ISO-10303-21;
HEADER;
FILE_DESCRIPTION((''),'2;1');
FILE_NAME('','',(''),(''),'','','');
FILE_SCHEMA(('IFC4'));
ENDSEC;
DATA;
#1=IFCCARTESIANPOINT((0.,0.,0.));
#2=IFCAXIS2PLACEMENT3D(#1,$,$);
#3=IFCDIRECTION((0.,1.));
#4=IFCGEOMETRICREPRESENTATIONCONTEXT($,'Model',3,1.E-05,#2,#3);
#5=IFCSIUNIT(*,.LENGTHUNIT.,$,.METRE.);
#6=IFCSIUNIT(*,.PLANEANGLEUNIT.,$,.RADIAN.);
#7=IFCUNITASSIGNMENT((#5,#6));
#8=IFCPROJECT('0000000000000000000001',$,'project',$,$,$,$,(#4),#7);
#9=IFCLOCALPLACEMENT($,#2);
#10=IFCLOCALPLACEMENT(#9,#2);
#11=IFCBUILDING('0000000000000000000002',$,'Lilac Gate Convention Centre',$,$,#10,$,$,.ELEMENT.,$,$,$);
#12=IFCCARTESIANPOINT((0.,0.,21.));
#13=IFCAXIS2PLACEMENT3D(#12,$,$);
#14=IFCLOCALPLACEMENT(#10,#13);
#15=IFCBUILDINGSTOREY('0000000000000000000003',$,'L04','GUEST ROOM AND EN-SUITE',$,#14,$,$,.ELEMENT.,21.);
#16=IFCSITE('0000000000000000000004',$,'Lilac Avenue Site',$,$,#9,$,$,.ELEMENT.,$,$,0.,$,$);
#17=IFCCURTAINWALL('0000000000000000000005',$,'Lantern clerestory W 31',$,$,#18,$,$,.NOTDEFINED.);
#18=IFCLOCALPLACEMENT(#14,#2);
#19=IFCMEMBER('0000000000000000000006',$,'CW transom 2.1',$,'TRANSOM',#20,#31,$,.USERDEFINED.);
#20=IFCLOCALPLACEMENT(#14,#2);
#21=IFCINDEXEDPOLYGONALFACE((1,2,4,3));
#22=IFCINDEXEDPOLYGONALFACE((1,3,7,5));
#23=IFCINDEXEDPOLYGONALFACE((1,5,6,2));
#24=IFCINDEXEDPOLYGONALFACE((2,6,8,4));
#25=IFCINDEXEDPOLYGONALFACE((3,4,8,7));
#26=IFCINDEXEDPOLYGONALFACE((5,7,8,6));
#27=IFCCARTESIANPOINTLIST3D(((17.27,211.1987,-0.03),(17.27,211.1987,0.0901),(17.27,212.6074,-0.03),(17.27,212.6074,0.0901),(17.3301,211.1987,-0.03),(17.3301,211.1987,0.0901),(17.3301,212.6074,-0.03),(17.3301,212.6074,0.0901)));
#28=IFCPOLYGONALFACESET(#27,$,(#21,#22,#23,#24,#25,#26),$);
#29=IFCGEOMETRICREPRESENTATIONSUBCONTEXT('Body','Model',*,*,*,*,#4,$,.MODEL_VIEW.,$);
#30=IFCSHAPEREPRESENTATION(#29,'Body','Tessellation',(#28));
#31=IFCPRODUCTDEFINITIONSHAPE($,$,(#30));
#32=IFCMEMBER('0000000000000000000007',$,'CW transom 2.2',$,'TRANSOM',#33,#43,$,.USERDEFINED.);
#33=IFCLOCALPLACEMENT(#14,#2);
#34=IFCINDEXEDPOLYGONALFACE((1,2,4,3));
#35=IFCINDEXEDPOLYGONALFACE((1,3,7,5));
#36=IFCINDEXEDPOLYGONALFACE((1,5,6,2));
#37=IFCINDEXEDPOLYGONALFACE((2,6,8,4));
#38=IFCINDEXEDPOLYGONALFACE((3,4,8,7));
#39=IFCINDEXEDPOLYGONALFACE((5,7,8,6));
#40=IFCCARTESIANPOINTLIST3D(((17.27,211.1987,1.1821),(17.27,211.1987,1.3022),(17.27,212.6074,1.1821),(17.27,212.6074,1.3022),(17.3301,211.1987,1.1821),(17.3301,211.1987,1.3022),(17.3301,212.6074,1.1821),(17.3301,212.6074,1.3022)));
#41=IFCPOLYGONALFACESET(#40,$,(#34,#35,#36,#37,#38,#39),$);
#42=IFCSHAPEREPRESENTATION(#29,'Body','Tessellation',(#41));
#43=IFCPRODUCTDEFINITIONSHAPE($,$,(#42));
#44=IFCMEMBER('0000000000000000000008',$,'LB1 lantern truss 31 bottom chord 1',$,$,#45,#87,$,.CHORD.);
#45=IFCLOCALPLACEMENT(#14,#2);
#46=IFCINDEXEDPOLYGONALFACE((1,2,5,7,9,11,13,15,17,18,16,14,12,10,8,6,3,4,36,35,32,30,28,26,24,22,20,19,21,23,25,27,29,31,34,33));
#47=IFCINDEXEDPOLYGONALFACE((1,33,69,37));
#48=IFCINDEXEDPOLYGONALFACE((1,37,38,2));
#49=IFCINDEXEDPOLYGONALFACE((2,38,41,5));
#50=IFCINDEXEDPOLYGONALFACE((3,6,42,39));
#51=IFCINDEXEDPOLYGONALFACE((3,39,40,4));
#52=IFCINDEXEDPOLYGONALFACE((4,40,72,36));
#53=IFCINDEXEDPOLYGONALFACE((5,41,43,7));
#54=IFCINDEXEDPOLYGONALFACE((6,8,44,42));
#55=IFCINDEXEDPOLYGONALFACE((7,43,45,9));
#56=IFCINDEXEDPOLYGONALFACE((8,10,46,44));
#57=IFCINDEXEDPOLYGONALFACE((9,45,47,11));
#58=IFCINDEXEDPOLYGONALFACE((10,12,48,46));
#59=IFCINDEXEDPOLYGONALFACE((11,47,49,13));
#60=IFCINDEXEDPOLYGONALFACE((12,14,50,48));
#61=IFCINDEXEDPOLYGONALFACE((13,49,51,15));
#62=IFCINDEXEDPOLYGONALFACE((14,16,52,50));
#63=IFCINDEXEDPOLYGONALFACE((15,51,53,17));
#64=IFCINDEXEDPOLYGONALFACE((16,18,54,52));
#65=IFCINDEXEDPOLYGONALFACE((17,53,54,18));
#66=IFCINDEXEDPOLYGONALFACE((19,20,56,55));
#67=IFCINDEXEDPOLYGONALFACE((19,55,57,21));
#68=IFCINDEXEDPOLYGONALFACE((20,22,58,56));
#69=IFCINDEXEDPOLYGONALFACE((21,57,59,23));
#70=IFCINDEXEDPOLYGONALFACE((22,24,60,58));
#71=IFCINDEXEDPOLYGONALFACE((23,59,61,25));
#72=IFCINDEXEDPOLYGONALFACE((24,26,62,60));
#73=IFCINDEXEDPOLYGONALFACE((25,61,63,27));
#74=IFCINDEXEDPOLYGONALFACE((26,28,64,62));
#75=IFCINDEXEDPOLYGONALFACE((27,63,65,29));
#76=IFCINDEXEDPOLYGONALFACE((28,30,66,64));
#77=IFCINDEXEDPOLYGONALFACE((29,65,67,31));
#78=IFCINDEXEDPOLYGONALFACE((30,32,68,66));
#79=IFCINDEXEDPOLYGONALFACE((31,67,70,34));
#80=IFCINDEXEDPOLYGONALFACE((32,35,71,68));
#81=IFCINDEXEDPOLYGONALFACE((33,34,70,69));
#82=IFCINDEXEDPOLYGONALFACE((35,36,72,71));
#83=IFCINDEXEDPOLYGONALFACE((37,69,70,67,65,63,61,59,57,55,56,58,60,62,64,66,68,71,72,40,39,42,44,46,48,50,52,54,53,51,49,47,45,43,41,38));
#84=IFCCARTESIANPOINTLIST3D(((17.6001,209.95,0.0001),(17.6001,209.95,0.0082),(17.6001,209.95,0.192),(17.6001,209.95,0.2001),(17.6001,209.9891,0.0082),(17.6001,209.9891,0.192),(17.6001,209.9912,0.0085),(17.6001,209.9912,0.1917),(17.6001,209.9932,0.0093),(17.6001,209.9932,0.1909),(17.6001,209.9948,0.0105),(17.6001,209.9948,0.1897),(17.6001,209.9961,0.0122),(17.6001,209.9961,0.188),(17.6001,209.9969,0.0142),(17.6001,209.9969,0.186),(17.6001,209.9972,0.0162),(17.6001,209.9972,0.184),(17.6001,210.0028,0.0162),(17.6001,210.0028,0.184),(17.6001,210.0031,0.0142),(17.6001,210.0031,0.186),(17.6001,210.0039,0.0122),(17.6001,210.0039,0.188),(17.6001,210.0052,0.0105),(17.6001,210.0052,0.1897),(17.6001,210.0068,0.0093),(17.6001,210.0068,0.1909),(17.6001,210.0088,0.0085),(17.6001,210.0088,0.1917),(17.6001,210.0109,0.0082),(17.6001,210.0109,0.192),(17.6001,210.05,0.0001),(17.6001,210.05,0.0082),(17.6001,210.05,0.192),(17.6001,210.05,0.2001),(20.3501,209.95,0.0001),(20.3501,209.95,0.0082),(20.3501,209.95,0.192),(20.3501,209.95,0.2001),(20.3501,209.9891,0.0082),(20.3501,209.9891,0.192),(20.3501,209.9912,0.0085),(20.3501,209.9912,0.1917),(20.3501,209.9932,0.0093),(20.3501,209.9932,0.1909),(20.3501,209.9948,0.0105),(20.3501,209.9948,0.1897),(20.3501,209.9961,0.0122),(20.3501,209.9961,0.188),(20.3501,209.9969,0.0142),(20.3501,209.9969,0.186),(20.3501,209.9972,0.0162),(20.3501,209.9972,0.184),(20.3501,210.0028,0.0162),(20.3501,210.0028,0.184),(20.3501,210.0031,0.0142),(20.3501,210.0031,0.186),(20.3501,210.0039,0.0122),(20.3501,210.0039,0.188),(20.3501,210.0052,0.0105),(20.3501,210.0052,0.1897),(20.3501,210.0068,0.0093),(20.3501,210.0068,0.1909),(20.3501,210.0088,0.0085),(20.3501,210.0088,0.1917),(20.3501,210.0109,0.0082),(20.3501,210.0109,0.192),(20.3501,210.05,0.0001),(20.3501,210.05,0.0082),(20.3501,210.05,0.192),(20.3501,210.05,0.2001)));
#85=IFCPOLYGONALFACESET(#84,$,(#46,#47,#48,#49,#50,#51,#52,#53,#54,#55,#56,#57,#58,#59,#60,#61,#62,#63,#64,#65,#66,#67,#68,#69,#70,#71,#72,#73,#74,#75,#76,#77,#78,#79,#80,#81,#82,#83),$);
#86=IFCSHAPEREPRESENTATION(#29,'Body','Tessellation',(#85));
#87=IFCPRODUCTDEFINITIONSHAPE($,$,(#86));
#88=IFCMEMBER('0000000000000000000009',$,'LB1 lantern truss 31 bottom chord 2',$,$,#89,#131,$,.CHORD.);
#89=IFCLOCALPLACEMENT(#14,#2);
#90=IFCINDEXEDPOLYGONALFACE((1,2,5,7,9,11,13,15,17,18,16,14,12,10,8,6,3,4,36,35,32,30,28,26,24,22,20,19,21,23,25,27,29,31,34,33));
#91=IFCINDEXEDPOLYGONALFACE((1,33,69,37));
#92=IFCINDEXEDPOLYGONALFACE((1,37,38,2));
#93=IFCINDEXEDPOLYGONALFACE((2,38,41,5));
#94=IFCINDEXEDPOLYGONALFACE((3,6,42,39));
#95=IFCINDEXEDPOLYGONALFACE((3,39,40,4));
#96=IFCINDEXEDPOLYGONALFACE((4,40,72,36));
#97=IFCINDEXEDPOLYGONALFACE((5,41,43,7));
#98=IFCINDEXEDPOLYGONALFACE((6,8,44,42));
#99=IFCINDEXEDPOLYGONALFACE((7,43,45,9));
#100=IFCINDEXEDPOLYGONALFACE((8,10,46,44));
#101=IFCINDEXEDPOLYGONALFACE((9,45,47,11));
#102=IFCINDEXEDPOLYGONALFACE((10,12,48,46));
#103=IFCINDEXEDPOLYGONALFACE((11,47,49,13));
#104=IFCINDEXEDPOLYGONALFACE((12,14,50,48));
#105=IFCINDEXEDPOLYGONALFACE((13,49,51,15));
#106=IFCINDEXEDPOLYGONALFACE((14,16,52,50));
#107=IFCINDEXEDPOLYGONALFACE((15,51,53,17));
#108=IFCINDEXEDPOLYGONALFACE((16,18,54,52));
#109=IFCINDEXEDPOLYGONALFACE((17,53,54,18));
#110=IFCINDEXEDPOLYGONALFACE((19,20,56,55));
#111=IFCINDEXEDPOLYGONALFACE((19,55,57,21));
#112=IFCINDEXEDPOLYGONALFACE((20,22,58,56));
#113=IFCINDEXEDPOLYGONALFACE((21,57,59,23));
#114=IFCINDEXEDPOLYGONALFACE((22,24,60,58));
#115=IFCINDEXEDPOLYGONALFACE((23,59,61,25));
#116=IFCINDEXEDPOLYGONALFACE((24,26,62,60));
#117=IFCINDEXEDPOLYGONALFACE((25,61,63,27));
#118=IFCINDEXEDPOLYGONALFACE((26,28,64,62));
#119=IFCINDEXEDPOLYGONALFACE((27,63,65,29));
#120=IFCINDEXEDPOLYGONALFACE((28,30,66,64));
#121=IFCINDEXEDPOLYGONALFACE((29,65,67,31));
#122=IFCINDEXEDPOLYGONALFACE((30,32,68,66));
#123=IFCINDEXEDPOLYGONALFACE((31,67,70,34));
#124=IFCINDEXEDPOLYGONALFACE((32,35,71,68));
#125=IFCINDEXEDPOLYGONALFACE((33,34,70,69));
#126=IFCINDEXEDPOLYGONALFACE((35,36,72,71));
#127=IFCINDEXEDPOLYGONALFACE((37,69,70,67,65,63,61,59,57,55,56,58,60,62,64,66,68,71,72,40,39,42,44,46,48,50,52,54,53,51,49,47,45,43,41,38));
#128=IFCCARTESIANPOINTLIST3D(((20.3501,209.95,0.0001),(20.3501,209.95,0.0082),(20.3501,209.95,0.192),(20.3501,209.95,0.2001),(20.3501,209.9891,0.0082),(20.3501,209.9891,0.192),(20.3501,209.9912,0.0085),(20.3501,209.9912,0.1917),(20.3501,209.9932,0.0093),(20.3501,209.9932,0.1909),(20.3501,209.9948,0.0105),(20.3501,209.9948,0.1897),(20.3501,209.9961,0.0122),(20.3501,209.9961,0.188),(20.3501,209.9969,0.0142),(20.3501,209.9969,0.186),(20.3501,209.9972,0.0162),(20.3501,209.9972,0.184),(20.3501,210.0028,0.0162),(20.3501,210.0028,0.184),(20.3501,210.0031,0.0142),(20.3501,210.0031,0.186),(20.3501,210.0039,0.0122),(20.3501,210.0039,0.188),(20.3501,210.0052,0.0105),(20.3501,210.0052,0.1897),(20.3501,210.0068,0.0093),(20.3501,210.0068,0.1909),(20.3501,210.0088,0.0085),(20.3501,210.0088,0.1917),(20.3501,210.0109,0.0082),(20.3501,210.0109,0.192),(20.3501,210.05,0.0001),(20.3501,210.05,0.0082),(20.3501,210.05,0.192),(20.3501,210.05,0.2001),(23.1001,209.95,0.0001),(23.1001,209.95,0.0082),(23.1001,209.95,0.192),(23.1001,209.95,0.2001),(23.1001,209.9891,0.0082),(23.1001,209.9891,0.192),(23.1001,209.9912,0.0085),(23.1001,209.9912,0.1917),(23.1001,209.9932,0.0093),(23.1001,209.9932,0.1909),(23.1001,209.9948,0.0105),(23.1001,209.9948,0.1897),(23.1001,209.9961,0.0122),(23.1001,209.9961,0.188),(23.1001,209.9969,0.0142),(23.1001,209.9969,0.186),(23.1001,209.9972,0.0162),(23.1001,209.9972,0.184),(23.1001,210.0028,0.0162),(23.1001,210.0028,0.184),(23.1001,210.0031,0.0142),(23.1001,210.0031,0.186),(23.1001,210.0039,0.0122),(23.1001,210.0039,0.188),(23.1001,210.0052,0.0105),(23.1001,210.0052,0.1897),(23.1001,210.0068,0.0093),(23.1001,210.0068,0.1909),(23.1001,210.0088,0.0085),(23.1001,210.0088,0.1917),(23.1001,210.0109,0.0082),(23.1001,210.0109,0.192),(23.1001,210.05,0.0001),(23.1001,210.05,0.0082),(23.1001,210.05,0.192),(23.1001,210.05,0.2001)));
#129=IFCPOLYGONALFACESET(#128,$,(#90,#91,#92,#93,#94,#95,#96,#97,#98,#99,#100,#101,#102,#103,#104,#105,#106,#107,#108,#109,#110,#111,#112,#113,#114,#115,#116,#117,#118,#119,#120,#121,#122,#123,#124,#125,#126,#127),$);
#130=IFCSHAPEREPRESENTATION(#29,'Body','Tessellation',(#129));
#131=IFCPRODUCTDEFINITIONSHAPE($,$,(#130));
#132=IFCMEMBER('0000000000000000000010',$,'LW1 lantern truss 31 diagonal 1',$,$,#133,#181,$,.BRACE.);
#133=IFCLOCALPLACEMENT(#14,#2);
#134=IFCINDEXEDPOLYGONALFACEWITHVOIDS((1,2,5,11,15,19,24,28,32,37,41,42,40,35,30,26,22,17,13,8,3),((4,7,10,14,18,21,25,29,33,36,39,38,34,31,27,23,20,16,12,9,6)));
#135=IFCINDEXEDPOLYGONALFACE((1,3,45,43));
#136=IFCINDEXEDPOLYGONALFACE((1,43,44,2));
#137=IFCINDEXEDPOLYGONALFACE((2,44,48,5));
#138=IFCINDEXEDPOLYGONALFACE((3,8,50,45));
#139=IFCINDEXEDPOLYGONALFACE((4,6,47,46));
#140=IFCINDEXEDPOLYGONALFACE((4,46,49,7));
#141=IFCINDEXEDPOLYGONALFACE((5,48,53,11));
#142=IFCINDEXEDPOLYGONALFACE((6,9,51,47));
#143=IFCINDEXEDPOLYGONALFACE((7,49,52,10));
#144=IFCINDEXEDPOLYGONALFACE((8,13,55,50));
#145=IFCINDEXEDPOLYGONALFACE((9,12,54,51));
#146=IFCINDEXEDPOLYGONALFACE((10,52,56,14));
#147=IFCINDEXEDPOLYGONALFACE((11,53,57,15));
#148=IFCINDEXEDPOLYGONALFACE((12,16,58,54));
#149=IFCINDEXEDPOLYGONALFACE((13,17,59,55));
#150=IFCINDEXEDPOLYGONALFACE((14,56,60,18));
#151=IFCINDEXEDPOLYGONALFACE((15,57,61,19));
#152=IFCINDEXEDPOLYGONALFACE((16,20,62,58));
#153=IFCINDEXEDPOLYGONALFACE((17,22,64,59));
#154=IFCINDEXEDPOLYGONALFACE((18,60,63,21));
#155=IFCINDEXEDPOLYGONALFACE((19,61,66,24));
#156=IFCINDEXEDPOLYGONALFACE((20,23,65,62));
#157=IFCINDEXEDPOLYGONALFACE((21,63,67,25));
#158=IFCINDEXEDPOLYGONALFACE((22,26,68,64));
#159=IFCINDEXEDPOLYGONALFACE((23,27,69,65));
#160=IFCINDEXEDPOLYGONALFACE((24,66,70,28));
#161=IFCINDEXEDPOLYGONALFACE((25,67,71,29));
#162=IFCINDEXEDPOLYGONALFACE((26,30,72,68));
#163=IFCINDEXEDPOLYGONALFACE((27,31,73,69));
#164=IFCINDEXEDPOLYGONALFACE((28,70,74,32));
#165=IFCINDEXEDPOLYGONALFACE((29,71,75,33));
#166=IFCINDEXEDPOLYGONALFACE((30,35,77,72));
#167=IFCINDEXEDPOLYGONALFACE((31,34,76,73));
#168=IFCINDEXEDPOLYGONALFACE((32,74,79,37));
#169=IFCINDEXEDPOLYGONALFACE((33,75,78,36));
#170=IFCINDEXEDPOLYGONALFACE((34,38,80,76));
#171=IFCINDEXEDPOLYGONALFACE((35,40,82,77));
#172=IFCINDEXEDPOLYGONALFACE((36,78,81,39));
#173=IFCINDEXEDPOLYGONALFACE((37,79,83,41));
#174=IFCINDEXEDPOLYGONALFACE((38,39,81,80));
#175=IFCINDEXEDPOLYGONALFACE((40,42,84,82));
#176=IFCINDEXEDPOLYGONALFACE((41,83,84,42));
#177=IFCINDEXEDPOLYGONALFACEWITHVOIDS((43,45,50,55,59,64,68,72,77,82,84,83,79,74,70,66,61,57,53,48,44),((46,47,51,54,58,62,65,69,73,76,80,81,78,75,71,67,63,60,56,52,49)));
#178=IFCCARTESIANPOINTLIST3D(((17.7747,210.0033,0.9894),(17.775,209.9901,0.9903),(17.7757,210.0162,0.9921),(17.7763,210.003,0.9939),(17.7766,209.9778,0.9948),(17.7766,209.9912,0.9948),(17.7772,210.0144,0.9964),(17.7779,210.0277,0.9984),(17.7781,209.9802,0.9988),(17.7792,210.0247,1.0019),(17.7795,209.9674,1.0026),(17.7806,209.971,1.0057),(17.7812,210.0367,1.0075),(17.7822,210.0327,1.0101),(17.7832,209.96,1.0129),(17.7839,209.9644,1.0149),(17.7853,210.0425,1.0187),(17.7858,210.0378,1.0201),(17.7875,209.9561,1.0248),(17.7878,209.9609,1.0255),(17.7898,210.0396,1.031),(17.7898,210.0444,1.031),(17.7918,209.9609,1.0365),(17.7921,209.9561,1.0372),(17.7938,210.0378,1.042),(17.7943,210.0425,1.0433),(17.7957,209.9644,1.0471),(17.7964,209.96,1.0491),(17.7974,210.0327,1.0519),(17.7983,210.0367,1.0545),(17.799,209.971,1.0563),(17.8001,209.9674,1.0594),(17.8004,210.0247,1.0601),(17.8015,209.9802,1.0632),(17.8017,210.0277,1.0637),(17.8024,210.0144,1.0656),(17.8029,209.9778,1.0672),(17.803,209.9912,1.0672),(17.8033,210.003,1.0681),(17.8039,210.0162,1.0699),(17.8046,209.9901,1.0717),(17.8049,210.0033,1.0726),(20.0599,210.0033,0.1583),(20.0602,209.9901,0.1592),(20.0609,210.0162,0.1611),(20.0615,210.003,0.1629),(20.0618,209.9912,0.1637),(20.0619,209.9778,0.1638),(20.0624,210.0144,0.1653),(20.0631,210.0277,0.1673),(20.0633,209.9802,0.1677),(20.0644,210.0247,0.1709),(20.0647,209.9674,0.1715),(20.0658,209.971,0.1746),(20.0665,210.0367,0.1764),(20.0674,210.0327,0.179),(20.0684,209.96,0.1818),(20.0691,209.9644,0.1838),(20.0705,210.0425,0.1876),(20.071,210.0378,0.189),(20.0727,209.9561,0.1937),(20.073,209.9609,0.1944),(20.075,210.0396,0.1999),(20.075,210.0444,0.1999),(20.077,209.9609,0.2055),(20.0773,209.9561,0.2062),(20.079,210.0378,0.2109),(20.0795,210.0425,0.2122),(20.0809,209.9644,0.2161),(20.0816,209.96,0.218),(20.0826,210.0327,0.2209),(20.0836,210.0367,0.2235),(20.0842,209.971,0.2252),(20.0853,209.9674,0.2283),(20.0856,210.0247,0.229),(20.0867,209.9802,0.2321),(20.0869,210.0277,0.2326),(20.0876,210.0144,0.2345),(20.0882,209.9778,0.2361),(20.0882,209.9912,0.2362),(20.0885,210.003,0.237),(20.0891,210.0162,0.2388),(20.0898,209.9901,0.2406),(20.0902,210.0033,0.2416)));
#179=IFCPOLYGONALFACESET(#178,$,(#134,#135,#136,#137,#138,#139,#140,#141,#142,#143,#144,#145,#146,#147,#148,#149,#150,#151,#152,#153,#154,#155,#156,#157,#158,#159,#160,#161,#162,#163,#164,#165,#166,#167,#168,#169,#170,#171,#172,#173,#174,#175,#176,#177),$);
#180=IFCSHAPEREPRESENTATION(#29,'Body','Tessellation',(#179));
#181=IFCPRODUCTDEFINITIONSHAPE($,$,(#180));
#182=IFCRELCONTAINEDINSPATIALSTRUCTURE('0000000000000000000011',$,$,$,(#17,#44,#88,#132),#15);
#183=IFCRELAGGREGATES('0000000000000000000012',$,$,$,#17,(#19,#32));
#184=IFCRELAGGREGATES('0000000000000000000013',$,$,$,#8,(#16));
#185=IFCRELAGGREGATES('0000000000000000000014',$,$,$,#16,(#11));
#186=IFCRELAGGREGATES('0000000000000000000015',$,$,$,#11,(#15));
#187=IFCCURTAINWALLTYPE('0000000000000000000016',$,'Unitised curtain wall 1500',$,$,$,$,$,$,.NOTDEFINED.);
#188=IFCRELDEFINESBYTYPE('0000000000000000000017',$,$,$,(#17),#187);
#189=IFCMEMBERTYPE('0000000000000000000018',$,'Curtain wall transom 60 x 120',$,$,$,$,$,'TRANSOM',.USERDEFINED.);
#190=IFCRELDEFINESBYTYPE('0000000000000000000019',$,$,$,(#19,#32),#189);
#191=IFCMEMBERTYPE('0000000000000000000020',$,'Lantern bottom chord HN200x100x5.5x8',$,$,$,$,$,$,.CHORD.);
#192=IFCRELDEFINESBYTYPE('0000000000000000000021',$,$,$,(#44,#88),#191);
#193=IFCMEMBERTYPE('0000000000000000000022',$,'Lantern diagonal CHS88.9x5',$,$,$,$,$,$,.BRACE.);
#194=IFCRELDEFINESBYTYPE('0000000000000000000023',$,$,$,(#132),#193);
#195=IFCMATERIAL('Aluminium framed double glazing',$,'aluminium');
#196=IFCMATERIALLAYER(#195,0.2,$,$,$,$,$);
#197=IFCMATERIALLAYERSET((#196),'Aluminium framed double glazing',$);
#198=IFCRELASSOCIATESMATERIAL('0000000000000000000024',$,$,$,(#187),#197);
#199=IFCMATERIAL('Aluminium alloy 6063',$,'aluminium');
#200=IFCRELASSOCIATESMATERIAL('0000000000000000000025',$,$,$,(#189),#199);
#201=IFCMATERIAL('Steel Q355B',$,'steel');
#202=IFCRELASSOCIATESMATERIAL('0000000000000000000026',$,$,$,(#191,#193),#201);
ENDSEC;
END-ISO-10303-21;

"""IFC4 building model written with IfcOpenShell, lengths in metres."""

from ifc_helpers import new_model, si_unit, direction, frame, origin, origin_2d, place, context, subcontext, project, spatial, rectangle, hollow_circle, i_section, extrude, material, layer, layer_set, material_profile, profile_set, type_object, element, aggregate, save


model = new_model("IFC4")

# Units and contexts
model_context = context("Model", 3, precision=1e-05, world=origin(), true_north=direction((0.0, 1.0)))
body_context = subcontext(model_context, "Body", "Model", "MODEL_VIEW")
ifc_project = project(units=[si_unit("LENGTHUNIT", "METRE"), si_unit("PLANEANGLEUNIT", "RADIAN")], contexts=[model_context])

# Site, building, storey
site_placement = place(None, origin())
site = spatial("IfcSite", under=ifc_project, at=site_placement, Name="Lilac Avenue Site", CompositionType="ELEMENT", RefElevation=0.0)
building_placement = place(site_placement, origin())
building = spatial("IfcBuilding", under=site, at=building_placement, Name="Lilac Gate Convention Centre", CompositionType="ELEMENT")
storey_placement = place(building_placement, frame((0.0, 0.0, 21.0)))
storey = spatial("IfcBuildingStorey", under=building, at=storey_placement, Name="L04", Description="GUEST ROOM AND EN-SUITE", CompositionType="ELEMENT", Elevation=21.0)

# Curtain wall
ifc_material_1 = material(Name="Aluminium framed double glazing", Category="aluminium")
ifc_layer_1 = layer(ifc_material_1, 0.2)
ifc_layer_set_1 = layer_set([ifc_layer_1], Name="Aluminium framed double glazing")
curtain_wall_type = type_object("IfcCurtainWallType", Name="Unitised curtain wall 1500", PredefinedType="NOTDEFINED", material=ifc_layer_set_1)
ifc_material_2 = material(Name="Aluminium alloy 6063", Category="aluminium")
curtain_wall_1_placement = place(storey_placement, origin())
curtain_wall_1 = element("IfcCurtainWall", 1, at=curtain_wall_1_placement, inside=storey, type_object=curtain_wall_type, Name="Lantern clerestory W 31", PredefinedType="NOTDEFINED")

# Members
ifc_material_profile_1 = material_profile(ifc_material_2, rectangle(XDim=0.0601, YDim=0.1201, at=origin_2d()), Name="Curtain wall transom 60 x 120")
ifc_profile_set_1 = profile_set([ifc_material_profile_1], Name="Aluminium alloy 6063")
member_type_1 = type_object("IfcMemberType", Name="Curtain wall transom 60 x 120", ElementType="TRANSOM", PredefinedType="USERDEFINED", material=ifc_profile_set_1)
member_1_placement = place(storey_placement, frame((17.3, 211.1987, 0.03), z_axis=(0.0, 1.0, 0.0), x_axis=(-1.0, 0.0, 0.0)))
member_1 = element("IfcMember", 2, at=member_1_placement, type_object=member_type_1, Name="CW transom 2.1", ObjectType="TRANSOM", PredefinedType="USERDEFINED", context=body_context, shape_type="SweptSolid", body=[
    extrude(rectangle(XDim=0.0601, YDim=0.1201, at=origin_2d()), origin(), (0.0, 0.0, 1.0), 1.4087),
])
member_2_placement = place(storey_placement, frame((17.3, 211.1987, 1.2422), z_axis=(0.0, 1.0, 0.0), x_axis=(-1.0, 0.0, 0.0)))
member_2 = element("IfcMember", 3, at=member_2_placement, type_object=member_type_1, Name="CW transom 2.2", ObjectType="TRANSOM", PredefinedType="USERDEFINED", context=body_context, shape_type="SweptSolid", body=[
    extrude(rectangle(XDim=0.0601, YDim=0.1201, at=origin_2d()), origin(), (0.0, 0.0, 1.0), 1.4087),
])

# Members
ifc_material_3 = material(Name="Steel Q355B", Category="steel")
ifc_material_profile_2 = material_profile(ifc_material_3, i_section(OverallWidth=0.1001, OverallDepth=0.2, WebThickness=0.0056, FlangeThickness=0.0081, FilletRadius=0.0081, at=origin_2d()), Name="HN200x100x5.5x8")
ifc_profile_set_2 = profile_set([ifc_material_profile_2], Name="Steel Q355B")
member_type_2 = type_object("IfcMemberType", Name="Lantern bottom chord HN200x100x5.5x8", PredefinedType="CHORD", material=ifc_profile_set_2)
for number, where, z_axis, x_axis, name in (
    (4, (17.6001, 210.0, 0.1001), (1.0, 0.0, 0.0), (0.0, 1.0, 0.0), "LB1 lantern truss 31 bottom chord 1"),
    (5, (20.3501, 210.0, 0.1001), (1.0, 0.0, 0.0), (0.0, 1.0, 0.0), "LB1 lantern truss 31 bottom chord 2"),
):
    element("IfcMember", number, at=place(storey_placement, frame(where, z_axis=z_axis, x_axis=x_axis)), inside=storey, type_object=member_type_2, Name=name, PredefinedType="CHORD", context=body_context, shape_type="SweptSolid", body=[
        extrude(i_section(OverallWidth=0.1001, OverallDepth=0.2, WebThickness=0.0056, FlangeThickness=0.0081, FilletRadius=0.0081, at=origin_2d()), origin(), (0.0, 0.0, 1.0), 2.75),
    ])
ifc_material_profile_3 = material_profile(ifc_material_3, hollow_circle(Radius=0.0444, WallThickness=0.0049, at=origin_2d()), Name="CHS88.9x5")
ifc_profile_set_3 = profile_set([ifc_material_profile_3], Name="Steel Q355B")
member_type_3 = type_object("IfcMemberType", Name="Lantern diagonal CHS88.9x5", PredefinedType="BRACE", material=ifc_profile_set_3)
member_3_placement = place(storey_placement, frame((17.7898, 210.0, 1.031), z_axis=(0.939782, 0.0, -0.341775), x_axis=(0.0, 1.0, 0.0)))
element("IfcMember", 6, at=member_3_placement, inside=storey, type_object=member_type_3, Name="LW1 lantern truss 31 diagonal 1", PredefinedType="BRACE", context=body_context, shape_type="SweptSolid", body=[
    extrude(hollow_circle(Radius=0.0444, WallThickness=0.0049, at=origin_2d()), origin(), (0.0, 0.0, 1.0), 2.4316),
])

aggregate(curtain_wall_1, [member_1, member_2])

save(model, "model.ifc")
